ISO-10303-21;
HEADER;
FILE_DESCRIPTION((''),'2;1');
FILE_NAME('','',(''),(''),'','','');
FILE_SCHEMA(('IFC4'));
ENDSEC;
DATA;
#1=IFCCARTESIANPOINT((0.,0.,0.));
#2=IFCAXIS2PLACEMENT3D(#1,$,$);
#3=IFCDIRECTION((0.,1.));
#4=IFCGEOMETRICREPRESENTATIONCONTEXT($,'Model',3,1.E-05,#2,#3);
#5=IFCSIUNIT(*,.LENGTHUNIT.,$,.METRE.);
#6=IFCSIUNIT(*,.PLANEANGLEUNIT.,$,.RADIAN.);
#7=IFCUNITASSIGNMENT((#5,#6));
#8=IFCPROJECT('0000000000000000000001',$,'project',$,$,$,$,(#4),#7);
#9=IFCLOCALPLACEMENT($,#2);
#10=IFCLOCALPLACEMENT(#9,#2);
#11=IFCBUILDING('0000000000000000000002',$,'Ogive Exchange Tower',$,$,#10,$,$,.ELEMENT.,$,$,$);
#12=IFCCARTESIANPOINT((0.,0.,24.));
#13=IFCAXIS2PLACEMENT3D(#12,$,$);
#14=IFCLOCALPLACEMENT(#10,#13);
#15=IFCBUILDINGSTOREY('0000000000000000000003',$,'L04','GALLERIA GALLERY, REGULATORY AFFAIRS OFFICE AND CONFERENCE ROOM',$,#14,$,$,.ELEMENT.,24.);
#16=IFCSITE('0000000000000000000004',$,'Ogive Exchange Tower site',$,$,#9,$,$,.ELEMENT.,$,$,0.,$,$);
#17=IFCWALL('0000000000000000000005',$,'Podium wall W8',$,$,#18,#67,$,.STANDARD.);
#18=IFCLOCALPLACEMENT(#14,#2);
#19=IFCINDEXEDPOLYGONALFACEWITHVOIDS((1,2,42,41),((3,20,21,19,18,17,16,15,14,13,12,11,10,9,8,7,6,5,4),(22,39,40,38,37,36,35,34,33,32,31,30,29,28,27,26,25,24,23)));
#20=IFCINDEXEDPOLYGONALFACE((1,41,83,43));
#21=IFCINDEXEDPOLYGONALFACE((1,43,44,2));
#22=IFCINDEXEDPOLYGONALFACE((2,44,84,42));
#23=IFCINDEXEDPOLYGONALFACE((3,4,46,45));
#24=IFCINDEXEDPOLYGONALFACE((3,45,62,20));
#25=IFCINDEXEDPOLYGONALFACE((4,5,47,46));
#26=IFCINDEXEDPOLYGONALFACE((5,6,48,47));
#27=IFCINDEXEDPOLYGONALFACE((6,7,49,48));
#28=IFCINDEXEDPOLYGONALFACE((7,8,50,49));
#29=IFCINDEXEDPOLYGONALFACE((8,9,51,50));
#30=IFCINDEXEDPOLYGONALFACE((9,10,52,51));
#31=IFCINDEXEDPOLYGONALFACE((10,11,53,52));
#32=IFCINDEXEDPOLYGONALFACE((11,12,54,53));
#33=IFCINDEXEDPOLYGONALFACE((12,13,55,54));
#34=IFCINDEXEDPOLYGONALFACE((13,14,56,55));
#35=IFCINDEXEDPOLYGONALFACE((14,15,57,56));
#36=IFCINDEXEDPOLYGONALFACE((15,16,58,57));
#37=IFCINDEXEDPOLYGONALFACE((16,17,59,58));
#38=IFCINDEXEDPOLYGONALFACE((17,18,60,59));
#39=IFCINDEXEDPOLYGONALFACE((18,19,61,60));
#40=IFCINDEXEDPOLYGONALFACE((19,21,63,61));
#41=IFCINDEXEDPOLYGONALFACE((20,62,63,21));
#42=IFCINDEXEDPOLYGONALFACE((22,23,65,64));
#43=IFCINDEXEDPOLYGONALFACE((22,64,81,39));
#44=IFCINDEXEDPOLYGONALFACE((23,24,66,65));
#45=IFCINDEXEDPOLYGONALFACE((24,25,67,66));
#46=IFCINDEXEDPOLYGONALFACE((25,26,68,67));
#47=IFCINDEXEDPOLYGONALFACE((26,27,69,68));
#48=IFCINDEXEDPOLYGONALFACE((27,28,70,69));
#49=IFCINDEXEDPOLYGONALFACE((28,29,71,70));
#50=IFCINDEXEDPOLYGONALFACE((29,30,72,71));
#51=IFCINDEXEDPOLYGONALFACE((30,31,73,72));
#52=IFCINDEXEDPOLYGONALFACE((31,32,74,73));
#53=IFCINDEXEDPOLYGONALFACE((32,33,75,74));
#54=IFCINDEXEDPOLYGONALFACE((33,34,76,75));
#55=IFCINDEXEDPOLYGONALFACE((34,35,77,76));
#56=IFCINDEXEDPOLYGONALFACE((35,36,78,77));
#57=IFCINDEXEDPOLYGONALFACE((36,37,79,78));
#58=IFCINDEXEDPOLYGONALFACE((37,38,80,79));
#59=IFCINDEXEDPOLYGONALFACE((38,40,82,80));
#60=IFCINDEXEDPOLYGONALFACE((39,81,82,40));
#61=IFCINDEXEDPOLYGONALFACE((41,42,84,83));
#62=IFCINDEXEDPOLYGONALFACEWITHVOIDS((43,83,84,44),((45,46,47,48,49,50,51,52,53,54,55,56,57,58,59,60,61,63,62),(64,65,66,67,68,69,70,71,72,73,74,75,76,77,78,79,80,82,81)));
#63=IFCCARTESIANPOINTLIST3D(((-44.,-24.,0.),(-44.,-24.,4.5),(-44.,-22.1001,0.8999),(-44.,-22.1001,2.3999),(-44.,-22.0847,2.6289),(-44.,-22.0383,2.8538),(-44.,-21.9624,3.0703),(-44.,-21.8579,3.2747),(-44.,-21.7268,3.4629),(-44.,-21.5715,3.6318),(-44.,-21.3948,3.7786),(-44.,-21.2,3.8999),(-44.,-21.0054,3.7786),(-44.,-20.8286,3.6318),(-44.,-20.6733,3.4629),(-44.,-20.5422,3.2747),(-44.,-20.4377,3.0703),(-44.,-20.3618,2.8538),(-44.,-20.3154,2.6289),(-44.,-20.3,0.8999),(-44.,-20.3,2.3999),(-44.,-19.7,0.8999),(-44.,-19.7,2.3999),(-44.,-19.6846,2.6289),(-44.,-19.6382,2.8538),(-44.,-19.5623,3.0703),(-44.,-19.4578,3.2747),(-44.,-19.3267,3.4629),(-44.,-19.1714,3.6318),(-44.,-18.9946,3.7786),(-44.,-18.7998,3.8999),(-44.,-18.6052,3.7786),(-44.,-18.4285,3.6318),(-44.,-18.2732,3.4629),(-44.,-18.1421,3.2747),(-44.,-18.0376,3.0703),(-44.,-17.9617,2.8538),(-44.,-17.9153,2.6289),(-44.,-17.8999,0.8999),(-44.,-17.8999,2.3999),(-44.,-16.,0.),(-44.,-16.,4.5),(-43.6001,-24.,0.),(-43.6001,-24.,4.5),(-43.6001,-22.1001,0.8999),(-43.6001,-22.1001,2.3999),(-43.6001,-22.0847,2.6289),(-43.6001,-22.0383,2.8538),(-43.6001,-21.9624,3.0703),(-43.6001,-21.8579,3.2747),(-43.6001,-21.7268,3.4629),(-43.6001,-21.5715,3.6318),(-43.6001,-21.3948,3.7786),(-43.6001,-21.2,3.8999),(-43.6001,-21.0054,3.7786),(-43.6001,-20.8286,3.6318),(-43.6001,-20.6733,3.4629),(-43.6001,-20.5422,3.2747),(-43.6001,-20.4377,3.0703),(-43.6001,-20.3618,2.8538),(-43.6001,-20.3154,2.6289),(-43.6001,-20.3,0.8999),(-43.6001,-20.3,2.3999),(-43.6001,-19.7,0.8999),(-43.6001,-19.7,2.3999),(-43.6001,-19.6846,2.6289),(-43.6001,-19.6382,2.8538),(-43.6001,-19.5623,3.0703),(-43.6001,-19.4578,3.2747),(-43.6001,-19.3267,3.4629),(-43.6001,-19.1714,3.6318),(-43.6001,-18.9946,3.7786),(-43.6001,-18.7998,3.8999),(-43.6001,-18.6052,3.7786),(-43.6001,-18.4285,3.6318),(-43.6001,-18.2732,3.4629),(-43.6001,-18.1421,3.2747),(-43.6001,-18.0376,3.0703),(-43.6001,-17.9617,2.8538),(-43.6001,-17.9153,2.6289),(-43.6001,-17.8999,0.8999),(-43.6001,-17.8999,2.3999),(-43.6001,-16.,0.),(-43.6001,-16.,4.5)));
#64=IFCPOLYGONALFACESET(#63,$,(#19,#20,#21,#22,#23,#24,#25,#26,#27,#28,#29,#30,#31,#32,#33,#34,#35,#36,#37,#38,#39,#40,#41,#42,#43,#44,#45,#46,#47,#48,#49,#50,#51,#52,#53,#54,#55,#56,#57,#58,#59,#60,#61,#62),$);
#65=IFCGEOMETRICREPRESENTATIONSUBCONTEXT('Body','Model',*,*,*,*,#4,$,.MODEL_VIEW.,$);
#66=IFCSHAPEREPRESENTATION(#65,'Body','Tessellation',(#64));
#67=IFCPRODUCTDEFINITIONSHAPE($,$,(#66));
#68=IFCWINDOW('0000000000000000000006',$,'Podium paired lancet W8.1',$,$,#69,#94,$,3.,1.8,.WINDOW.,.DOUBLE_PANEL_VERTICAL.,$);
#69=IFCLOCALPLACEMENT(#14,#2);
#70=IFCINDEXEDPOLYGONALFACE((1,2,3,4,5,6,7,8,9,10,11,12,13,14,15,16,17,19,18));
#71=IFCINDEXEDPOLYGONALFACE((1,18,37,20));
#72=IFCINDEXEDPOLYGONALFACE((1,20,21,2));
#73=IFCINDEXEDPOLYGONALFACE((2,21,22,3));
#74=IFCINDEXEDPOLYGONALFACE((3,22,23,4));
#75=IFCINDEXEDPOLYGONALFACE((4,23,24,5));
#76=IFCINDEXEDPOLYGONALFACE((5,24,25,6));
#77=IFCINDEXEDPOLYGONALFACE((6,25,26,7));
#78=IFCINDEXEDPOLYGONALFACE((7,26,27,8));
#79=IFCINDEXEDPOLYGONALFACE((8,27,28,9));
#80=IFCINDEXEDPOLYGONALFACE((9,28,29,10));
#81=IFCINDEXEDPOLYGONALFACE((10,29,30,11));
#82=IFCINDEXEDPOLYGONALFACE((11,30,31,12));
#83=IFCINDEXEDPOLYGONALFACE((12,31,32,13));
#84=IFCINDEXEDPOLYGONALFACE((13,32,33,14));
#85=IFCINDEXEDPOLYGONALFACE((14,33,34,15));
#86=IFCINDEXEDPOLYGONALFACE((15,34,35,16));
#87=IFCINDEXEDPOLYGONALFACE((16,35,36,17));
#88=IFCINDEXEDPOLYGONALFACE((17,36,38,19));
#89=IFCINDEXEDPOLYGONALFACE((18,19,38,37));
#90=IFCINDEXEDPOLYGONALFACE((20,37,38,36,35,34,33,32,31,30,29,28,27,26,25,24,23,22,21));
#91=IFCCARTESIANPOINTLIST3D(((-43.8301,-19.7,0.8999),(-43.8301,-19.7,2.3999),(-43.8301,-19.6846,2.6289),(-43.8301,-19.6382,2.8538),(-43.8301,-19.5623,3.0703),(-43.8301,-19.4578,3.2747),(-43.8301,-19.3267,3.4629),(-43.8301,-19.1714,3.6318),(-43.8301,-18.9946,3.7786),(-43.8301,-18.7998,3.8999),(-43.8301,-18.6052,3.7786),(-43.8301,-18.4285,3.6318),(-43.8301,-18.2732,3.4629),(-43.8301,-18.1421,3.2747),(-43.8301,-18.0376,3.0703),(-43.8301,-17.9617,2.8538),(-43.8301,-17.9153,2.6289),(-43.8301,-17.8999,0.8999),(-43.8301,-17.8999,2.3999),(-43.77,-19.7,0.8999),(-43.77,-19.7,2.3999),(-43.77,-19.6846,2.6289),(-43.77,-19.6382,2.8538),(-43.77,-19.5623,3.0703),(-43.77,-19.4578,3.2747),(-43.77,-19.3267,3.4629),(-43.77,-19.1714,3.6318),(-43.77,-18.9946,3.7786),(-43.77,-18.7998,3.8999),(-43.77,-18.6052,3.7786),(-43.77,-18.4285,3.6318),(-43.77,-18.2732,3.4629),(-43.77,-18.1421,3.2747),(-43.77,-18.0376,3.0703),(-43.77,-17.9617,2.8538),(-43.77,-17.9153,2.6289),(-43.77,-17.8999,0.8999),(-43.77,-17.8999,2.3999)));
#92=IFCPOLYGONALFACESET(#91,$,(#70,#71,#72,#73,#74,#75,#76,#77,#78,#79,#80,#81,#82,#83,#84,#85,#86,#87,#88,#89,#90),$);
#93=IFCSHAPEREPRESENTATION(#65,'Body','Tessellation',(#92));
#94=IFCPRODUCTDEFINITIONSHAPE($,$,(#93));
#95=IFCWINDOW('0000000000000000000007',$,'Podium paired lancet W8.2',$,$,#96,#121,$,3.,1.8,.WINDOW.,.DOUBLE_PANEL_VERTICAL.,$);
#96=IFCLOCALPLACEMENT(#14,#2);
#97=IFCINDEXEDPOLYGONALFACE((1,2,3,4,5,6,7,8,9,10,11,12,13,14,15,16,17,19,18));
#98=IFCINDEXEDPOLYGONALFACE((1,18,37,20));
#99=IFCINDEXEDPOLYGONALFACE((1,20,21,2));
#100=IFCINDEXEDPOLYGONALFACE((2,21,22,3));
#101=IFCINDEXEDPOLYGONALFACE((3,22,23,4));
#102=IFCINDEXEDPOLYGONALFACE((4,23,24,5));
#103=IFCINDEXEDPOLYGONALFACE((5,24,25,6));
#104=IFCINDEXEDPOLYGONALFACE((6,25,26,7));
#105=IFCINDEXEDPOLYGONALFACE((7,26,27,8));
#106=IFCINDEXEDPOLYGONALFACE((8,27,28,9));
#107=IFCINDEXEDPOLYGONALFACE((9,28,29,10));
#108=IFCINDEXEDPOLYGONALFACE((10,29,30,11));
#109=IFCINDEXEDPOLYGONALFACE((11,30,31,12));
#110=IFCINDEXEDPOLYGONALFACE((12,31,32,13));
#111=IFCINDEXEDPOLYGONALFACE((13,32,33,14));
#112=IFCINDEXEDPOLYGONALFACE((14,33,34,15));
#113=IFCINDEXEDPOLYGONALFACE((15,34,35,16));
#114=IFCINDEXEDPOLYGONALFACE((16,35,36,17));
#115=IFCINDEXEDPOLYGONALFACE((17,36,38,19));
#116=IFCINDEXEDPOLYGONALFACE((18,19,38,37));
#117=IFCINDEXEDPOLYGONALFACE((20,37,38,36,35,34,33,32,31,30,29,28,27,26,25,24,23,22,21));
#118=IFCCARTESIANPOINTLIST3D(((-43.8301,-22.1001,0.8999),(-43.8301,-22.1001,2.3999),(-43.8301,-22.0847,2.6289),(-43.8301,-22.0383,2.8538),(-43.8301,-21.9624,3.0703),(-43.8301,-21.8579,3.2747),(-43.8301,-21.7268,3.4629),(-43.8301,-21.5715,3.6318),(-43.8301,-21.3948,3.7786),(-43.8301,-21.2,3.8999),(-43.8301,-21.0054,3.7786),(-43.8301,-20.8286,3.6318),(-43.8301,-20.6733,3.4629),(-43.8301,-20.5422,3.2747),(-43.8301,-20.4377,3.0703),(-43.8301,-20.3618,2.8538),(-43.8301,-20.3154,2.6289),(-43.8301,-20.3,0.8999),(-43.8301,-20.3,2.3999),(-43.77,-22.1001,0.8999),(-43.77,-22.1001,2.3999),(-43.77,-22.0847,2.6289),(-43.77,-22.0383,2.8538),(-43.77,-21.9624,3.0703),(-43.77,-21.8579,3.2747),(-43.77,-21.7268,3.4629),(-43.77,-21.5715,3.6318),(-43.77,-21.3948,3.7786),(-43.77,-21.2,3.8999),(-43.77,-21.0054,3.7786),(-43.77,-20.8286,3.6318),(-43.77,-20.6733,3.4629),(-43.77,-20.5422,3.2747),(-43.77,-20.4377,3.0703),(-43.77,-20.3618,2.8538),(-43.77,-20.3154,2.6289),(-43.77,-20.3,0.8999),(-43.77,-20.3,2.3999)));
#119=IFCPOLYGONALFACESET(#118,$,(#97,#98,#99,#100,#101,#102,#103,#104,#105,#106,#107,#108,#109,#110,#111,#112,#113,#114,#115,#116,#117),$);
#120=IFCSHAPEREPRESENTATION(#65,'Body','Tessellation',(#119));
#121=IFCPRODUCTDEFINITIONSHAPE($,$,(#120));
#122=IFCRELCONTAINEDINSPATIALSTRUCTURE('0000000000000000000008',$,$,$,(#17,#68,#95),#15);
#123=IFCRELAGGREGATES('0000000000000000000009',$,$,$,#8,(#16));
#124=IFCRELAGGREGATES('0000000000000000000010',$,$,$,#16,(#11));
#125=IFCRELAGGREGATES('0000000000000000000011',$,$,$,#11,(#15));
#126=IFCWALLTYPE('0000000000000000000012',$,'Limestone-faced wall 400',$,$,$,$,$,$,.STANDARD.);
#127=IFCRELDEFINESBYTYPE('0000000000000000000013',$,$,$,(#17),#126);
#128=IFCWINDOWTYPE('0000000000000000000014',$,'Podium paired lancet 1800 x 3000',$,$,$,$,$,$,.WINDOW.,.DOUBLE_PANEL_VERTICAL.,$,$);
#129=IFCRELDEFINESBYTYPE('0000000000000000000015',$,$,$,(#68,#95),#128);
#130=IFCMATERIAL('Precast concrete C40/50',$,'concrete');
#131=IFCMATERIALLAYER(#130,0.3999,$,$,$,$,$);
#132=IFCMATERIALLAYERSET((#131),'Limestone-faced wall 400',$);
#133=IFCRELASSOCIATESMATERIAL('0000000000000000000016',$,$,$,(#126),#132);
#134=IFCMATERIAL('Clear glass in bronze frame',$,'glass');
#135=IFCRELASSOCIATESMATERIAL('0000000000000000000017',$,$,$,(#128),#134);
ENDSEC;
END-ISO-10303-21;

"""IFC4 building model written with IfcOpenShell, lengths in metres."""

from ifc_helpers import new_model, si_unit, direction, frame, frame_2d, origin, place, context, subcontext, project, spatial, polyline, rectangle, outline, extrude, material, layer, layer_set, type_object, element, fill, save


model = new_model("IFC4")

# Units and contexts
model_context = context("Model", 3, precision=1e-05, world=origin(), true_north=direction((0.0, 1.0)))
body_context = subcontext(model_context, "Body", "Model", "MODEL_VIEW")
ifc_project = project(units=[si_unit("LENGTHUNIT", "METRE"), si_unit("PLANEANGLEUNIT", "RADIAN")], contexts=[model_context])

# Site, building, storey
site_placement = place(None, origin())
site = spatial("IfcSite", under=ifc_project, at=site_placement, Name="Ogive Exchange Tower site", CompositionType="ELEMENT", RefElevation=0.0)
building_placement = place(site_placement, origin())
building = spatial("IfcBuilding", under=site, at=building_placement, Name="Ogive Exchange Tower", CompositionType="ELEMENT")
storey_placement = place(building_placement, frame((0.0, 0.0, 24.0)))
storey = spatial("IfcBuildingStorey", under=building, at=storey_placement, Name="L04", Description="GALLERIA GALLERY, REGULATORY AFFAIRS OFFICE AND CONFERENCE ROOM", CompositionType="ELEMENT", Elevation=24.0)

# Wall, openings, windows
ifc_material_1 = material(Name="Precast concrete C40/50", Category="concrete")
ifc_layer_1 = layer(ifc_material_1, 0.3999)
ifc_layer_set_1 = layer_set([ifc_layer_1], Name="Limestone-faced wall 400")
wall_type_1 = type_object("IfcWallType", Name="Limestone-faced wall 400", PredefinedType="STANDARD", material=ifc_layer_set_1)
wall_1_placement = place(storey_placement, frame((-43.8, -16.0, 0.0), z_axis=(0.0, 0.0, 1.0), x_axis=(0.0, -1.0, 0.0)))
wall_1 = element("IfcWall", 1, at=wall_1_placement, inside=storey, type_object=wall_type_1, Name="Podium wall W8", PredefinedType="STANDARD", context=body_context, shape_type="SweptSolid", body=[
    extrude(rectangle(XDim=8.0, YDim=0.3999, at=frame_2d((4.0, 0.0))), origin(), (0.0, 0.0, 1.0), 4.5),
])
opening_1_placement = place(wall_1_placement, frame((1.8999, 0.0, 0.8999)))
opening_1 = element("IfcOpeningElement", 2, at=opening_1_placement, cuts=wall_1, PredefinedType="OPENING", context=body_context, shape_type="SweptSolid", body=[
    extrude(outline(polyline([(0.0, 0.0), (1.8, 0.0), (1.8, 1.5), (1.7847, 1.729), (1.7383, 1.9539), (1.6624, 2.1704), (1.5579, 2.3748), (1.4268, 2.563), (1.2715, 2.7319), (1.0947, 2.8787), (0.8999, 3.0), (0.7053, 2.8787), (0.5286, 2.7319), (0.3733, 2.563), (0.2422, 2.3748), (0.1377, 2.1704), (0.0618, 1.9539), (0.0154, 1.729), (0.0, 1.5), (0.0, 0.0)])), frame((0.0, 0.21, 0.0), z_axis=(0.0, -1.0, 0.0), x_axis=(1.0, 0.0, 0.0)), (0.0, 0.0, 1.0), 0.4199),
])
opening_2_placement = place(wall_1_placement, frame((4.3, 0.0, 0.8999)))
opening_2 = element("IfcOpeningElement", 3, at=opening_2_placement, cuts=wall_1, PredefinedType="OPENING", context=body_context, shape_type="SweptSolid", body=[
    extrude(outline(polyline([(0.0, 0.0), (1.8, 0.0), (1.8, 1.5), (1.7847, 1.729), (1.7383, 1.9539), (1.6624, 2.1704), (1.5579, 2.3748), (1.4268, 2.563), (1.2715, 2.7319), (1.0947, 2.8787), (0.8999, 3.0), (0.7053, 2.8787), (0.5286, 2.7319), (0.3733, 2.563), (0.2422, 2.3748), (0.1377, 2.1704), (0.0618, 1.9539), (0.0154, 1.729), (0.0, 1.5), (0.0, 0.0)])), frame((0.0, 0.21, 0.0), z_axis=(0.0, -1.0, 0.0), x_axis=(1.0, 0.0, 0.0)), (0.0, 0.0, 1.0), 0.4199),
])
ifc_material_2 = material(Name="Clear glass in bronze frame", Category="glass")
window_type_1 = type_object("IfcWindowType", Name="Podium paired lancet 1800 x 3000", PartitioningType="DOUBLE_PANEL_VERTICAL", PredefinedType="WINDOW", material=ifc_material_2)
window_1_placement = place(opening_1_placement, origin())
window_1 = element("IfcWindow", 4, at=window_1_placement, inside=storey, type_object=window_type_1, Name="Podium paired lancet W8.1", OverallHeight=3.0, OverallWidth=1.8, PartitioningType="DOUBLE_PANEL_VERTICAL", PredefinedType="WINDOW", context=body_context, shape_type="SweptSolid", body=[
    extrude(outline(polyline([(0.0, 0.0), (1.8, 0.0), (1.8, 1.5), (1.7847, 1.729), (1.7383, 1.9539), (1.6624, 2.1704), (1.5579, 2.3748), (1.4268, 2.563), (1.2715, 2.7319), (1.0947, 2.8787), (0.8999, 3.0), (0.7053, 2.8787), (0.5286, 2.7319), (0.3733, 2.563), (0.2422, 2.3748), (0.1377, 2.1704), (0.0618, 1.9539), (0.0154, 1.729), (0.0, 1.5), (0.0, 0.0)])), frame((0.0, 0.03, 0.0), z_axis=(0.0, -1.0, 0.0), x_axis=(1.0, 0.0, 0.0)), (0.0, 0.0, 1.0), 0.0601),
])
fill(opening_1, window_1)
window_2_placement = place(opening_2_placement, origin())
window_2 = element("IfcWindow", 5, at=window_2_placement, inside=storey, type_object=window_type_1, Name="Podium paired lancet W8.2", OverallHeight=3.0, OverallWidth=1.8, PartitioningType="DOUBLE_PANEL_VERTICAL", PredefinedType="WINDOW", context=body_context, shape_type="SweptSolid", body=[
    extrude(outline(polyline([(0.0, 0.0), (1.8, 0.0), (1.8, 1.5), (1.7847, 1.729), (1.7383, 1.9539), (1.6624, 2.1704), (1.5579, 2.3748), (1.4268, 2.563), (1.2715, 2.7319), (1.0947, 2.8787), (0.8999, 3.0), (0.7053, 2.8787), (0.5286, 2.7319), (0.3733, 2.563), (0.2422, 2.3748), (0.1377, 2.1704), (0.0618, 1.9539), (0.0154, 1.729), (0.0, 1.5), (0.0, 0.0)])), frame((0.0, 0.03, 0.0), z_axis=(0.0, -1.0, 0.0), x_axis=(1.0, 0.0, 0.0)), (0.0, 0.0, 1.0), 0.0601),
])
fill(opening_2, window_2)

save(model, "model.ifc")
